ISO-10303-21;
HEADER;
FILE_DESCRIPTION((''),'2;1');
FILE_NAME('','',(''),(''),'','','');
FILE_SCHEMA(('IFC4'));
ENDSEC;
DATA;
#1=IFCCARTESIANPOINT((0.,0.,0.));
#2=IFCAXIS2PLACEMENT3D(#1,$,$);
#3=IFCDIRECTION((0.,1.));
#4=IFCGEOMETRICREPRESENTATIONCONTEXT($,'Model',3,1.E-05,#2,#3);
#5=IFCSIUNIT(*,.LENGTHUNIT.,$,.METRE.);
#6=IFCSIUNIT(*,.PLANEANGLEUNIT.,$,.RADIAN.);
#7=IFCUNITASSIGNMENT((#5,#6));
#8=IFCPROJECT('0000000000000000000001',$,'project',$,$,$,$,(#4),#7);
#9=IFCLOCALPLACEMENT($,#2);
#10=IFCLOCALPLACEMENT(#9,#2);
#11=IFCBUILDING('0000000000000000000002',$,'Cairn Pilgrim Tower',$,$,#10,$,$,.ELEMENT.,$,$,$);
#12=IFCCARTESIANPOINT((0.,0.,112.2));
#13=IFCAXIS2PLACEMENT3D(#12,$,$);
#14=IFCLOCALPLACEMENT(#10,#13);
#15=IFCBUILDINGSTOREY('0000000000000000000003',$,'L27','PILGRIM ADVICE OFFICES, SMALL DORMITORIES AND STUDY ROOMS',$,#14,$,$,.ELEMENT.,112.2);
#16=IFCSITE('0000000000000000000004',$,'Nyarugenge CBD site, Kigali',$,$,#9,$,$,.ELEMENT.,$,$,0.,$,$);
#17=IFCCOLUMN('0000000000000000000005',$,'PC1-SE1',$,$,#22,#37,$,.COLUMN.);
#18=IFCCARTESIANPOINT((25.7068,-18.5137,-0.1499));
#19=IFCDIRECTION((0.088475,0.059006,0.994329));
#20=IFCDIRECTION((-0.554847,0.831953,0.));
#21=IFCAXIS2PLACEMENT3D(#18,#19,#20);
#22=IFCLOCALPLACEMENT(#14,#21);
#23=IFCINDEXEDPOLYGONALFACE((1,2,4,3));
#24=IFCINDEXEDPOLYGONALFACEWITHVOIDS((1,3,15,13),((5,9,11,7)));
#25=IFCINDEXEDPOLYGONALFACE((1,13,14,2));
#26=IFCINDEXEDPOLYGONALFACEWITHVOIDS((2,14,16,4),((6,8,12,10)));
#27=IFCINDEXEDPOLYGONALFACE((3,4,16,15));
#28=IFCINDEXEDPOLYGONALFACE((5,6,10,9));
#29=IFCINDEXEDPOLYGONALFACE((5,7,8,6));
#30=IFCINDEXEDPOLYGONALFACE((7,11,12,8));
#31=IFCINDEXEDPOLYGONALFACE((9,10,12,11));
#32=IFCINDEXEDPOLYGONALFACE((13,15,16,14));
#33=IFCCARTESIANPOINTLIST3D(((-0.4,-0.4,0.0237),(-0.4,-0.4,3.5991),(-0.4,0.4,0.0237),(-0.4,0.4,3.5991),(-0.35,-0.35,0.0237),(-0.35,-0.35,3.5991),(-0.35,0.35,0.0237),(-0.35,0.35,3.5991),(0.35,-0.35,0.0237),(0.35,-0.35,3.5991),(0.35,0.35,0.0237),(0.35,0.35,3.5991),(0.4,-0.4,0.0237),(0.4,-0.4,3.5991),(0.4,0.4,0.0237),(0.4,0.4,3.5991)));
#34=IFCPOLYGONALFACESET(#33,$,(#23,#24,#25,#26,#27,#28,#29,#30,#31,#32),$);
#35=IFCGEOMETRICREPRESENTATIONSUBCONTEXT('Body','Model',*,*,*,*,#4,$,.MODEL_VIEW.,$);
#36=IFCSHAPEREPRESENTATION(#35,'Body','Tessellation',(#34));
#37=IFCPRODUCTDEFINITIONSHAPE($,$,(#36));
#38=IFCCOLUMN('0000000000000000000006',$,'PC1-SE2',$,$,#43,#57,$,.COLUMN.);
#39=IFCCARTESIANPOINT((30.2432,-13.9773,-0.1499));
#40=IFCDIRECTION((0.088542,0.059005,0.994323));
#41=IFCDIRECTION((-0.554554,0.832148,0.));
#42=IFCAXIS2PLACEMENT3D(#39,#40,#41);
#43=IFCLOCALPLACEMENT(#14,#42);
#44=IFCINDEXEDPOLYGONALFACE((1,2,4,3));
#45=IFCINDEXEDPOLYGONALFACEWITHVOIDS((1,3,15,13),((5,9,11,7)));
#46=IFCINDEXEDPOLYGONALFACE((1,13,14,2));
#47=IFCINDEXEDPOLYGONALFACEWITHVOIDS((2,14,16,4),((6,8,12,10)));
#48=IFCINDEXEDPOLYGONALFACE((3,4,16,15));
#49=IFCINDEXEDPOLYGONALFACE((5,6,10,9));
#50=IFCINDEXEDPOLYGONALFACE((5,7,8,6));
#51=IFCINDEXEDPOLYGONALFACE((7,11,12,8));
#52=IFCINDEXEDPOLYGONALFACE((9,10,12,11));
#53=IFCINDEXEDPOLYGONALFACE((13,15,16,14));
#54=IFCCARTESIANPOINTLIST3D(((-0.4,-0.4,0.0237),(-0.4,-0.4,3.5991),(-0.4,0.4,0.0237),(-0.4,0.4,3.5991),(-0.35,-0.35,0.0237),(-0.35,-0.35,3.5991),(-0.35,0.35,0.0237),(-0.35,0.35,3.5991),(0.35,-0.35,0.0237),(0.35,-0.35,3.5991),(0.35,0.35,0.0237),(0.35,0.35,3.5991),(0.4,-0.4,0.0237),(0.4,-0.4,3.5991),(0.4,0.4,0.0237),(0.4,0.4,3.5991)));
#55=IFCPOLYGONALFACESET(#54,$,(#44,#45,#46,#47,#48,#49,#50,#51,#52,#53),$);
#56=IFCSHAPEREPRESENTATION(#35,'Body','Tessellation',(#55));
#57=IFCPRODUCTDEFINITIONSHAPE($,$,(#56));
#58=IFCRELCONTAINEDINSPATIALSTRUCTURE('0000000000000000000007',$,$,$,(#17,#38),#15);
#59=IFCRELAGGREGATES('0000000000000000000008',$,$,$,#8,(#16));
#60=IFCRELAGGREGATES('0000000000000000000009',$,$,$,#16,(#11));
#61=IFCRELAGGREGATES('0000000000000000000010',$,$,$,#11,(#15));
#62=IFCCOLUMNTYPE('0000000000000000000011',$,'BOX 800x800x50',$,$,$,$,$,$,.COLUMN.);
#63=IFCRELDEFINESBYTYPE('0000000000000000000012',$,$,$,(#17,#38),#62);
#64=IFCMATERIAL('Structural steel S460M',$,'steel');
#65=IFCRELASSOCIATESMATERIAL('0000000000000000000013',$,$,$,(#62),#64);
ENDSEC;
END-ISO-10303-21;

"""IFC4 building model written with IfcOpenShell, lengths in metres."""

from ifc_helpers import new_model, si_unit, direction, frame, origin, origin_2d, place, context, subcontext, project, spatial, hollow_rectangle, extrude, clip, halfspace, material, material_profile, profile_set, type_object, element, save


model = new_model("IFC4")

# Units and contexts
model_context = context("Model", 3, precision=1e-05, world=origin(), true_north=direction((0.0, 1.0)))
body_context = subcontext(model_context, "Body", "Model", "MODEL_VIEW")
ifc_project = project(units=[si_unit("LENGTHUNIT", "METRE"), si_unit("PLANEANGLEUNIT", "RADIAN")], contexts=[model_context])

# Site, building, storey
site_placement = place(None, origin())
site = spatial("IfcSite", under=ifc_project, at=site_placement, Name="Nyarugenge CBD site, Kigali", CompositionType="ELEMENT", RefElevation=0.0)
building_placement = place(site_placement, origin())
building = spatial("IfcBuilding", under=site, at=building_placement, Name="Cairn Pilgrim Tower", CompositionType="ELEMENT")
storey_placement = place(building_placement, frame((0.0, 0.0, 112.2)))
storey = spatial("IfcBuildingStorey", under=building, at=storey_placement, Name="L27", Description="PILGRIM ADVICE OFFICES, SMALL DORMITORIES AND STUDY ROOMS", CompositionType="ELEMENT", Elevation=112.2)

# Columns
ifc_material_1 = material(Name="Structural steel S460M", Category="steel")
ifc_material_profile_1 = material_profile(ifc_material_1, hollow_rectangle(XDim=0.8, YDim=0.8, WallThickness=0.05, at=origin_2d()), Name="BOX 800x800x50")
ifc_profile_set_1 = profile_set([ifc_material_profile_1], Name="Structural steel S460M")
column_type = type_object("IfcColumnType", Name="BOX 800x800x50", PredefinedType="COLUMN", material=ifc_profile_set_1)
for number, where, z_axis, x_axis, name in (
    (1, (25.7068, -18.5137, -0.1499), (0.088475, 0.059006, 0.994329), (-0.554847, 0.831953, 0.0), "PC1-SE1"),
    (2, (30.2432, -13.9773, -0.1499), (0.088542, 0.059005, 0.994323), (-0.554554, 0.832148, 0.0), "PC1-SE2"),
):
    element("IfcColumn", number, at=place(storey_placement, frame(where, z_axis=z_axis, x_axis=x_axis)), inside=storey, type_object=column_type, Name=name, PredefinedType="COLUMN", context=body_context, shape_type="Clipping", body=[
        clip(clip(extrude(hollow_rectangle(XDim=0.8, YDim=0.8, WallThickness=0.05, at=origin_2d()), origin(), (0.0, 0.0, 1.0), 3.6204), halfspace(frame((0.0, 0.0, 0.0237), z_axis=(0.0, 0.0, 1.0), x_axis=(1.0, 0.0, 0.0)), True)), halfspace(frame((0.0, 0.0, 3.5991), z_axis=(0.0, 0.0, 1.0), x_axis=(1.0, 0.0, 0.0)), False)),
    ])

save(model, "model.ifc")
